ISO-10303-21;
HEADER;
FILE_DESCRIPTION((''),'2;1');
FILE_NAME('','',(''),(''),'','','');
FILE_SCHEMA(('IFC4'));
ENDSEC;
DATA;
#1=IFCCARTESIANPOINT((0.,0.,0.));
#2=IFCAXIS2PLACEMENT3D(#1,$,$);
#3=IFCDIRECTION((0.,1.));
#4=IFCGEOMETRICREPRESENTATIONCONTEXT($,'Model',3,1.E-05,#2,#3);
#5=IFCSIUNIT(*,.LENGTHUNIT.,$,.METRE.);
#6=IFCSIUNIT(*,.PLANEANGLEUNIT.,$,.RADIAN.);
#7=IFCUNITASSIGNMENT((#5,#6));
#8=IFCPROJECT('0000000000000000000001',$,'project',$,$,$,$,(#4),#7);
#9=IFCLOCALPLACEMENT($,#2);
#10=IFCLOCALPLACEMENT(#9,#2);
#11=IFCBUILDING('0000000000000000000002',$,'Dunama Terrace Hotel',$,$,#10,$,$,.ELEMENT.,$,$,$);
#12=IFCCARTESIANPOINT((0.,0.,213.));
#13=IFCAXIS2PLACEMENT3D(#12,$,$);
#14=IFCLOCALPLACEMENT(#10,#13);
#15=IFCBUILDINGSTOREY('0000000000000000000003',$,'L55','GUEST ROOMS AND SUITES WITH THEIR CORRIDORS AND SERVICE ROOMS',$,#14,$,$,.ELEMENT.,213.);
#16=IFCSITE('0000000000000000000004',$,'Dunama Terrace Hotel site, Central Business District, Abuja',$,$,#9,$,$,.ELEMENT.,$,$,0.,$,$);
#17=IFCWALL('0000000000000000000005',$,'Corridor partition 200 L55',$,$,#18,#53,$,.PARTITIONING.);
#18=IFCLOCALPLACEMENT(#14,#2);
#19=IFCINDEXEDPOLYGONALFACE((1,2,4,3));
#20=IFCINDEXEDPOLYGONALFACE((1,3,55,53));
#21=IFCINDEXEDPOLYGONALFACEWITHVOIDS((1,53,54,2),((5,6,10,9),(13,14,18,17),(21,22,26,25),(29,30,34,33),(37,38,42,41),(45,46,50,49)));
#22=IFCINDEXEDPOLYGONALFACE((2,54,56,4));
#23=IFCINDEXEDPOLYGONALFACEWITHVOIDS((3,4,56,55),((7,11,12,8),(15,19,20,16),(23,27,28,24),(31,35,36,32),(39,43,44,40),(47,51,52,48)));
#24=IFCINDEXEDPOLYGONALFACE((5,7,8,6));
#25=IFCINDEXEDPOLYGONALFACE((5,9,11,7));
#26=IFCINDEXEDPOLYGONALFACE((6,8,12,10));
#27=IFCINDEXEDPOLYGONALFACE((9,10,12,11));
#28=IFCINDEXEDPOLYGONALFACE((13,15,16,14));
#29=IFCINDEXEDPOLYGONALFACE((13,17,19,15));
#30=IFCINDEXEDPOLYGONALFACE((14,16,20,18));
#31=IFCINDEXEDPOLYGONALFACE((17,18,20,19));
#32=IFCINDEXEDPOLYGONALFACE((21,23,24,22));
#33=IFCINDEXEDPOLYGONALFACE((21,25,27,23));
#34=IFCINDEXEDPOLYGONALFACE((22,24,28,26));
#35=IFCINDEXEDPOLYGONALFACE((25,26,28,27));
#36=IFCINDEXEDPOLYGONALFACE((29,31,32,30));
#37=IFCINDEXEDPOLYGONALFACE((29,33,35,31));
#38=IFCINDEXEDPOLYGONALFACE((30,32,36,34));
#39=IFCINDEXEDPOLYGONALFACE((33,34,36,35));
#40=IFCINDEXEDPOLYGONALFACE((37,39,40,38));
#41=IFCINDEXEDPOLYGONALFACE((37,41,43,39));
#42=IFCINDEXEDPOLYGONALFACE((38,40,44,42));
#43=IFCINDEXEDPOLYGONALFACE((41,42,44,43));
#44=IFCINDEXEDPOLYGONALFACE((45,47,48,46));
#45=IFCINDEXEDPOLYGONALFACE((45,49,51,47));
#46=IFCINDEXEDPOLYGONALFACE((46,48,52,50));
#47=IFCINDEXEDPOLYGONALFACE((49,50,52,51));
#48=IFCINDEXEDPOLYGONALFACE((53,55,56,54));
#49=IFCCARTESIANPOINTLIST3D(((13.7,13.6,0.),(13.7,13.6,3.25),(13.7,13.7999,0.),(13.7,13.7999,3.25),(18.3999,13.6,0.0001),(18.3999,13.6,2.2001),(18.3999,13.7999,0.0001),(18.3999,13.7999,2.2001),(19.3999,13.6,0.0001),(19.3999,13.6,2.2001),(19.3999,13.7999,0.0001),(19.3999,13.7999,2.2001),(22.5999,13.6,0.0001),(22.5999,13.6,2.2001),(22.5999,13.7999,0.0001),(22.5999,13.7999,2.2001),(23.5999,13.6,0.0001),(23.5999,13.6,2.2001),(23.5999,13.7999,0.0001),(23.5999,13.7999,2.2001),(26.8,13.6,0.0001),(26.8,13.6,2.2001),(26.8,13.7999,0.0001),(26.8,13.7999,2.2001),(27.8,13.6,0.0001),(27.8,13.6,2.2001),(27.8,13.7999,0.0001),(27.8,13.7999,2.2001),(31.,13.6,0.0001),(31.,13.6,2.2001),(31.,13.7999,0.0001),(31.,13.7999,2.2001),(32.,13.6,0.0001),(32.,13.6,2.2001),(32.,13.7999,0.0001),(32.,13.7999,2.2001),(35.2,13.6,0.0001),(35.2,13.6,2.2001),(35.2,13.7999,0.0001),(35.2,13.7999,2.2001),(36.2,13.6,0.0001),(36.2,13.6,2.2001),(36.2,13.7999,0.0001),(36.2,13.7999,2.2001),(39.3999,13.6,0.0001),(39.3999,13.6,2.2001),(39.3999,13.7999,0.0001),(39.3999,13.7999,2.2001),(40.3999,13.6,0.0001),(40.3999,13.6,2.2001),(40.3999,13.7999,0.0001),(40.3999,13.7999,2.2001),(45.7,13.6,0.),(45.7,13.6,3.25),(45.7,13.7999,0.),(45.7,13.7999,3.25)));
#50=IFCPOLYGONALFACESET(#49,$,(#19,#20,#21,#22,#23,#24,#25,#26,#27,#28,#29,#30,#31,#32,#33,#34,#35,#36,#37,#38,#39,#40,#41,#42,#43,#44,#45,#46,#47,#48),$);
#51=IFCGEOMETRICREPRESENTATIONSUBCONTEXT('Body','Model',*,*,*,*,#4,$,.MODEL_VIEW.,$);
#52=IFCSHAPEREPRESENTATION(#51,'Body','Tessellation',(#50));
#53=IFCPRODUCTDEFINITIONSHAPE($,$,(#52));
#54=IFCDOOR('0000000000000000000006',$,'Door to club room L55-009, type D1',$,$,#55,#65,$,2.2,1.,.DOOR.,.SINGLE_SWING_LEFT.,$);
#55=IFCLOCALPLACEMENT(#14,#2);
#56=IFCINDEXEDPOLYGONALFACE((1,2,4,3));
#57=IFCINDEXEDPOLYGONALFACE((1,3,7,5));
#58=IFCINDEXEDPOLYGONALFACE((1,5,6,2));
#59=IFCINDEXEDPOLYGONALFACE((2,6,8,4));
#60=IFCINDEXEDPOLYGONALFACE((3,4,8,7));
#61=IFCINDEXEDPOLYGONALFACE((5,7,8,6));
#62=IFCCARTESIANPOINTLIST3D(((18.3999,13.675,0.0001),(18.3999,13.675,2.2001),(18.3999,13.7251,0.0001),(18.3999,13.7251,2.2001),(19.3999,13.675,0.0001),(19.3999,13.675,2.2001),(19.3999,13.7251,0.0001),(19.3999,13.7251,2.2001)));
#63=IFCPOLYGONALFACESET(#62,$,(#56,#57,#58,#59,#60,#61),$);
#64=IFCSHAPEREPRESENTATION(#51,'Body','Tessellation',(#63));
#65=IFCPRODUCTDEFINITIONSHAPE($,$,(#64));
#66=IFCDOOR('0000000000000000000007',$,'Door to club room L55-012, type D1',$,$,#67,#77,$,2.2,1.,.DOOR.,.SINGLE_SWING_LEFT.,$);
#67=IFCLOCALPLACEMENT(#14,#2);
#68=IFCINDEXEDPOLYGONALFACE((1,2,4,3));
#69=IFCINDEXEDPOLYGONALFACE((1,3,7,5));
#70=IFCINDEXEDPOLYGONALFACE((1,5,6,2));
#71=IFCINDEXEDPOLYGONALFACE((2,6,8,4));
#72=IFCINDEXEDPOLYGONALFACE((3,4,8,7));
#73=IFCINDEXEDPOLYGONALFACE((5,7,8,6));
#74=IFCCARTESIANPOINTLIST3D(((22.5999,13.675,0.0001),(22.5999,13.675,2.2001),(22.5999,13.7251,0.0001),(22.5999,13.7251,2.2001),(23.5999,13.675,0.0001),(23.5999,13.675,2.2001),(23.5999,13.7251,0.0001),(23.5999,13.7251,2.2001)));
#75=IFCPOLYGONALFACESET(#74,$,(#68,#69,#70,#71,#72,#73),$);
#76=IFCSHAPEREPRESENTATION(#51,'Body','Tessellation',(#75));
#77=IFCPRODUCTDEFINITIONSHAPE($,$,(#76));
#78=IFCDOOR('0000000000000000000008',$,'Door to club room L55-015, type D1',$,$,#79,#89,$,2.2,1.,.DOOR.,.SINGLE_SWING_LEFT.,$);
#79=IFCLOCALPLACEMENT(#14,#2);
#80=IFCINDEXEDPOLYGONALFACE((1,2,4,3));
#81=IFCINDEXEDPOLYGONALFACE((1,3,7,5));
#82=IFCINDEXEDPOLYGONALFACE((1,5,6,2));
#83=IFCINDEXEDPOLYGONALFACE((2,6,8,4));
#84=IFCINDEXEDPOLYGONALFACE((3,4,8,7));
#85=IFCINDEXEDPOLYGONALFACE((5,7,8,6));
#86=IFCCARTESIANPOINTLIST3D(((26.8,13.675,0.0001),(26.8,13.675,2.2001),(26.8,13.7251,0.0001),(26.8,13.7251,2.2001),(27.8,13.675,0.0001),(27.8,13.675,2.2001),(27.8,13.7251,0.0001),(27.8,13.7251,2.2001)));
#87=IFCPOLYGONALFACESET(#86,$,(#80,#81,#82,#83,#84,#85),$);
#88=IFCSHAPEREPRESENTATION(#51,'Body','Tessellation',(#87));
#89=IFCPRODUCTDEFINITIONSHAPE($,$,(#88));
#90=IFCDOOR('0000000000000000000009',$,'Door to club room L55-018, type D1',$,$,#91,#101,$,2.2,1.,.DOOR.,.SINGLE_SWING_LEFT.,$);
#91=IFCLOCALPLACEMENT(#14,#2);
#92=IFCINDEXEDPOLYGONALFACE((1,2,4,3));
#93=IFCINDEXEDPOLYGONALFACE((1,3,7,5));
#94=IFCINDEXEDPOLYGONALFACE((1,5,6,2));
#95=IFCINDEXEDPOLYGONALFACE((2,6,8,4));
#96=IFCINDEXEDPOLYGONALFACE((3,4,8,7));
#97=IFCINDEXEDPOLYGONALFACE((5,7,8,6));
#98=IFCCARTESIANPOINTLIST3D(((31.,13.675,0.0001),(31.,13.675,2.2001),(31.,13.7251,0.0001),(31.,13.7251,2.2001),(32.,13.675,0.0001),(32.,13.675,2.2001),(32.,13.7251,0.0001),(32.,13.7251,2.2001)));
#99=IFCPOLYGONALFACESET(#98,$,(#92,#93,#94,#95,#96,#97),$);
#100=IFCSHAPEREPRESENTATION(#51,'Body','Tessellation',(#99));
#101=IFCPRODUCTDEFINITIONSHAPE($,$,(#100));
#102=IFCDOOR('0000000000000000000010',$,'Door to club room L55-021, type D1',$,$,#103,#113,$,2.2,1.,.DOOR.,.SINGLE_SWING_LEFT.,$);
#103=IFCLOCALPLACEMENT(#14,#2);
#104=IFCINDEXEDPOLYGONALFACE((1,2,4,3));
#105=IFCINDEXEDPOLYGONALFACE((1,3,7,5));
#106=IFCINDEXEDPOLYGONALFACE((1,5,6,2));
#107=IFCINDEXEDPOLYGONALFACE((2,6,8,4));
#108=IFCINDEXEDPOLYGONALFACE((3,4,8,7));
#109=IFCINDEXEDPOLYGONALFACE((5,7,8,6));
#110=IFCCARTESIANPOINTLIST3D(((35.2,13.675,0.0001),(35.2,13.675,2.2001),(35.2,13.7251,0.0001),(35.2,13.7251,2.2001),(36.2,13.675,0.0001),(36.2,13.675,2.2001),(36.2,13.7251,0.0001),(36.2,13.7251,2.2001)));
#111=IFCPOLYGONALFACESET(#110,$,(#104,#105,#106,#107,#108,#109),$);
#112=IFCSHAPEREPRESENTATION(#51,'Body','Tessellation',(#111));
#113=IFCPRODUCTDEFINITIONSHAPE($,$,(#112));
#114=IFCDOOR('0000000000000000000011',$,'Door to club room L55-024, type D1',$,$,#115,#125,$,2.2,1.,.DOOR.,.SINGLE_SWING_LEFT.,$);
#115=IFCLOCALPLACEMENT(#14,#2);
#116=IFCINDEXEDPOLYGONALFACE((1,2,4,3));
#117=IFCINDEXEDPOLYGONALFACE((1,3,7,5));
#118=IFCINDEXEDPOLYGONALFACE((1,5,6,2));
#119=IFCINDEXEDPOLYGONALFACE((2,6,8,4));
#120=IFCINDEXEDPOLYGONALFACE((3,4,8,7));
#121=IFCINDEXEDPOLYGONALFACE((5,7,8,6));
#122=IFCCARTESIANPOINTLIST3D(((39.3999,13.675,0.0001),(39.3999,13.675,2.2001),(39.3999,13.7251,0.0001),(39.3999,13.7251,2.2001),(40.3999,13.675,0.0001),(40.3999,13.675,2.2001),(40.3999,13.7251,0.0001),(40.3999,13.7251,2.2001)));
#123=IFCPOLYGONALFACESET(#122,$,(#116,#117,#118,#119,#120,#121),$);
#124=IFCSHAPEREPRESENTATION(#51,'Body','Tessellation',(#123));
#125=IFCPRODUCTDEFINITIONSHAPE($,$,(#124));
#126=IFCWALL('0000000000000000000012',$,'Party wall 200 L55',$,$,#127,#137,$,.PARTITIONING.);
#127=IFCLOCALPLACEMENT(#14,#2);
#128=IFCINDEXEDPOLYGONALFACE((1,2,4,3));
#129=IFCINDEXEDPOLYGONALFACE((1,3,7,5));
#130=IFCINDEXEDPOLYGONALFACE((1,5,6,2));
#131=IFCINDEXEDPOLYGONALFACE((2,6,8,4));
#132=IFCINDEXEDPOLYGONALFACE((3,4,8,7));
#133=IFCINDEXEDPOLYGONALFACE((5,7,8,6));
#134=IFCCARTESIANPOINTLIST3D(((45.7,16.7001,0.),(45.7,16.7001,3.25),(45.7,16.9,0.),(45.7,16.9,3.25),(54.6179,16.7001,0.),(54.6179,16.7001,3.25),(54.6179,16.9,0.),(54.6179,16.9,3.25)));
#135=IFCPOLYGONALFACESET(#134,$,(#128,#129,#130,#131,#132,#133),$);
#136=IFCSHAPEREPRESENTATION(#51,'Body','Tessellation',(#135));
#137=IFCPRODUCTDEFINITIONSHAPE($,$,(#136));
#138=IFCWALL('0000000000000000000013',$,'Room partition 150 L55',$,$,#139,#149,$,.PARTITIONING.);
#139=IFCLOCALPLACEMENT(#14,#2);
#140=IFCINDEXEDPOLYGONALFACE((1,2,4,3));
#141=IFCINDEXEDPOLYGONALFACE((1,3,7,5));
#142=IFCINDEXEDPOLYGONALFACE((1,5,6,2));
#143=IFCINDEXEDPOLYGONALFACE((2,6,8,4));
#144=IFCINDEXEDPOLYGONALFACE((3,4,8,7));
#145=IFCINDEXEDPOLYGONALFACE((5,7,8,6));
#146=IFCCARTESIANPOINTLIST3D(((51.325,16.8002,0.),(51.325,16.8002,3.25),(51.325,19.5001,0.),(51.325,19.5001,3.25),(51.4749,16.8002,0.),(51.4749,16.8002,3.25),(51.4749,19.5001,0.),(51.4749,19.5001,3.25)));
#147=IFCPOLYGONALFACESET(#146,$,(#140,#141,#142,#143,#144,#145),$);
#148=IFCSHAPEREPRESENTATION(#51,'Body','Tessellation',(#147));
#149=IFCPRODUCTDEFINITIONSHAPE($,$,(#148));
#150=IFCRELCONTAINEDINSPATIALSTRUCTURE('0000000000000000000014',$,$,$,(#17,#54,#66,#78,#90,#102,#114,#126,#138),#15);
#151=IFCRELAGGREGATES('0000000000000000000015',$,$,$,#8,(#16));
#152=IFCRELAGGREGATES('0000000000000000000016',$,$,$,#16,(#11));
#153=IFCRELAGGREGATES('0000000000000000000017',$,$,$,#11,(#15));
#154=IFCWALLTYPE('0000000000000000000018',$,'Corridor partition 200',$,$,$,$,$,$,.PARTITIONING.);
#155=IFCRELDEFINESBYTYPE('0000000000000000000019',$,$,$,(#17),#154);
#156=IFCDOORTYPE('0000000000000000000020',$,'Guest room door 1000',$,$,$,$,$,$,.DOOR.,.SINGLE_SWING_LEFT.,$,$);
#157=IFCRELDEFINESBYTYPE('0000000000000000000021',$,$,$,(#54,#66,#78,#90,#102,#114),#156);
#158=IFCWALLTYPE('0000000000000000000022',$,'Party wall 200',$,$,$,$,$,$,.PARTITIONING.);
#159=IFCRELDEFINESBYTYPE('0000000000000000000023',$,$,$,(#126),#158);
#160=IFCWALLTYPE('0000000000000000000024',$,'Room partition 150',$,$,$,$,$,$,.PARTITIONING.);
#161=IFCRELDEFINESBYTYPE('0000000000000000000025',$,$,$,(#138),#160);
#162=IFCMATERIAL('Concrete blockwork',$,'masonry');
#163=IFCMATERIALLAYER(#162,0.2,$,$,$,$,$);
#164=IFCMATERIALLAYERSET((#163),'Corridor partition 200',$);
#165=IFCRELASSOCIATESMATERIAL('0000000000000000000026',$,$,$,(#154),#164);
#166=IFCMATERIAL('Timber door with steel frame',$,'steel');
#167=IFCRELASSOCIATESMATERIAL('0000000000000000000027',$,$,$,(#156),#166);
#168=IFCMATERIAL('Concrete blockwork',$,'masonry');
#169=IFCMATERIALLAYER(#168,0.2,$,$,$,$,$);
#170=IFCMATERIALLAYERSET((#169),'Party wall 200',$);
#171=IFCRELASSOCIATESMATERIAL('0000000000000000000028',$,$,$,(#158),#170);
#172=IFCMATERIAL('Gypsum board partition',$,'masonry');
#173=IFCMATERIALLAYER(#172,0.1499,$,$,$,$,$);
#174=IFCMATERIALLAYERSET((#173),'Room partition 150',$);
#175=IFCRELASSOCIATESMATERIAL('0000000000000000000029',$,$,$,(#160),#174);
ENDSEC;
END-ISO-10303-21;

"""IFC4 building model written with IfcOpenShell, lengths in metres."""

from ifc_helpers import new_model, si_unit, direction, frame, frame_2d, origin, place, context, subcontext, project, spatial, rectangle, extrude, material, layer, layer_set, type_object, element, fill, save


model = new_model("IFC4")

# Units and contexts
model_context = context("Model", 3, precision=1e-05, world=origin(), true_north=direction((0.0, 1.0)))
body_context = subcontext(model_context, "Body", "Model", "MODEL_VIEW")
ifc_project = project(units=[si_unit("LENGTHUNIT", "METRE"), si_unit("PLANEANGLEUNIT", "RADIAN")], contexts=[model_context])

# Site, building, storey
site_placement = place(None, origin())
site = spatial("IfcSite", under=ifc_project, at=site_placement, Name="Dunama Terrace Hotel site, Central Business District, Abuja", CompositionType="ELEMENT", RefElevation=0.0)
building_placement = place(site_placement, origin())
building = spatial("IfcBuilding", under=site, at=building_placement, Name="Dunama Terrace Hotel", CompositionType="ELEMENT")
storey_placement = place(building_placement, frame((0.0, 0.0, 213.0)))
storey = spatial("IfcBuildingStorey", under=building, at=storey_placement, Name="L55", Description="GUEST ROOMS AND SUITES WITH THEIR CORRIDORS AND SERVICE ROOMS", CompositionType="ELEMENT", Elevation=213.0)

# Wall, openings, doors
ifc_material_1 = material(Name="Concrete blockwork", Category="masonry")
ifc_layer_1 = layer(ifc_material_1, 0.2)
ifc_layer_set_1 = layer_set([ifc_layer_1], Name="Corridor partition 200")
wall_type_1 = type_object("IfcWallType", Name="Corridor partition 200", PredefinedType="PARTITIONING", material=ifc_layer_set_1)
wall_1_placement = place(storey_placement, frame((45.7, 13.7, 0.0), z_axis=(0.0, 0.0, 1.0), x_axis=(-1.0, 0.0, 0.0)))
wall_1 = element("IfcWall", 1, at=wall_1_placement, inside=storey, type_object=wall_type_1, Name="Corridor partition 200 L55", PredefinedType="PARTITIONING", context=body_context, shape_type="SweptSolid", body=[
    extrude(rectangle(XDim=32.0, YDim=0.2, at=frame_2d((16.0, 0.0))), origin(), (0.0, 0.0, 1.0), 3.25),
])
opening_1_placement = place(wall_1_placement, frame((26.3, 0.0, 0.0)))
opening_1 = element("IfcOpeningElement", 2, at=opening_1_placement, cuts=wall_1, PredefinedType="OPENING", context=body_context, shape_type="SweptSolid", body=[
    extrude(rectangle(XDim=1.0, YDim=2.2, at=frame_2d((0.5, 1.1001))), frame((0.0, 0.1099, 0.0), z_axis=(0.0, -1.0, 0.0), x_axis=(1.0, 0.0, 0.0)), (0.0, 0.0, 1.0), 0.22),
])
opening_2_placement = place(wall_1_placement, frame((22.1001, 0.0, 0.0)))
opening_2 = element("IfcOpeningElement", 3, at=opening_2_placement, cuts=wall_1, PredefinedType="OPENING", context=body_context, shape_type="SweptSolid", body=[
    extrude(rectangle(XDim=1.0, YDim=2.2, at=frame_2d((0.5, 1.1001))), frame((0.0, 0.1099, 0.0), z_axis=(0.0, -1.0, 0.0), x_axis=(1.0, 0.0, 0.0)), (0.0, 0.0, 1.0), 0.22),
])
opening_3_placement = place(wall_1_placement, frame((17.8999, 0.0, 0.0)))
opening_3 = element("IfcOpeningElement", 4, at=opening_3_placement, cuts=wall_1, PredefinedType="OPENING", context=body_context, shape_type="SweptSolid", body=[
    extrude(rectangle(XDim=1.0, YDim=2.2, at=frame_2d((0.5, 1.1001))), frame((0.0, 0.1099, 0.0), z_axis=(0.0, -1.0, 0.0), x_axis=(1.0, 0.0, 0.0)), (0.0, 0.0, 1.0), 0.22),
])
opening_4_placement = place(wall_1_placement, frame((13.7, 0.0, 0.0)))
opening_4 = element("IfcOpeningElement", 5, at=opening_4_placement, cuts=wall_1, PredefinedType="OPENING", context=body_context, shape_type="SweptSolid", body=[
    extrude(rectangle(XDim=1.0, YDim=2.2, at=frame_2d((0.5, 1.1001))), frame((0.0, 0.1099, 0.0), z_axis=(0.0, -1.0, 0.0), x_axis=(1.0, 0.0, 0.0)), (0.0, 0.0, 1.0), 0.22),
])
opening_5_placement = place(wall_1_placement, frame((9.5, 0.0, 0.0)))
opening_5 = element("IfcOpeningElement", 6, at=opening_5_placement, cuts=wall_1, PredefinedType="OPENING", context=body_context, shape_type="SweptSolid", body=[
    extrude(rectangle(XDim=1.0, YDim=2.2, at=frame_2d((0.5, 1.1001))), frame((0.0, 0.1099, 0.0), z_axis=(0.0, -1.0, 0.0), x_axis=(1.0, 0.0, 0.0)), (0.0, 0.0, 1.0), 0.22),
])
opening_6_placement = place(wall_1_placement, frame((5.3, 0.0, 0.0)))
opening_6 = element("IfcOpeningElement", 7, at=opening_6_placement, cuts=wall_1, PredefinedType="OPENING", context=body_context, shape_type="SweptSolid", body=[
    extrude(rectangle(XDim=1.0, YDim=2.2, at=frame_2d((0.5, 1.1001))), frame((0.0, 0.1099, 0.0), z_axis=(0.0, -1.0, 0.0), x_axis=(1.0, 0.0, 0.0)), (0.0, 0.0, 1.0), 0.22),
])
ifc_material_2 = material(Name="Timber door with steel frame", Category="steel")
door_type_1 = type_object("IfcDoorType", Name="Guest room door 1000", OperationType="SINGLE_SWING_LEFT", PredefinedType="DOOR", material=ifc_material_2)
door_1_placement = place(opening_1_placement, origin())
door_1 = element("IfcDoor", 8, at=door_1_placement, inside=storey, type_object=door_type_1, Name="Door to club room L55-009, type D1", OperationType="SINGLE_SWING_LEFT", OverallHeight=2.2, OverallWidth=1.0, PredefinedType="DOOR", context=body_context, shape_type="SweptSolid", body=[
    extrude(rectangle(XDim=1.0, YDim=2.2, at=frame_2d((0.5, 1.1001))), frame((0.0, 0.0249, 0.0), z_axis=(0.0, -1.0, 0.0), x_axis=(1.0, 0.0, 0.0)), (0.0, 0.0, 1.0), 0.05),
])
fill(opening_1, door_1)
door_2_placement = place(opening_2_placement, origin())
door_2 = element("IfcDoor", 9, at=door_2_placement, inside=storey, type_object=door_type_1, Name="Door to club room L55-012, type D1", OperationType="SINGLE_SWING_LEFT", OverallHeight=2.2, OverallWidth=1.0, PredefinedType="DOOR", context=body_context, shape_type="SweptSolid", body=[
    extrude(rectangle(XDim=1.0, YDim=2.2, at=frame_2d((0.5, 1.1001))), frame((0.0, 0.0249, 0.0), z_axis=(0.0, -1.0, 0.0), x_axis=(1.0, 0.0, 0.0)), (0.0, 0.0, 1.0), 0.05),
])
fill(opening_2, door_2)
door_3_placement = place(opening_3_placement, origin())
door_3 = element("IfcDoor", 10, at=door_3_placement, inside=storey, type_object=door_type_1, Name="Door to club room L55-015, type D1", OperationType="SINGLE_SWING_LEFT", OverallHeight=2.2, OverallWidth=1.0, PredefinedType="DOOR", context=body_context, shape_type="SweptSolid", body=[
    extrude(rectangle(XDim=1.0, YDim=2.2, at=frame_2d((0.5, 1.1001))), frame((0.0, 0.0249, 0.0), z_axis=(0.0, -1.0, 0.0), x_axis=(1.0, 0.0, 0.0)), (0.0, 0.0, 1.0), 0.05),
])
fill(opening_3, door_3)
door_4_placement = place(opening_4_placement, origin())
door_4 = element("IfcDoor", 11, at=door_4_placement, inside=storey, type_object=door_type_1, Name="Door to club room L55-018, type D1", OperationType="SINGLE_SWING_LEFT", OverallHeight=2.2, OverallWidth=1.0, PredefinedType="DOOR", context=body_context, shape_type="SweptSolid", body=[
    extrude(rectangle(XDim=1.0, YDim=2.2, at=frame_2d((0.5, 1.1001))), frame((0.0, 0.0249, 0.0), z_axis=(0.0, -1.0, 0.0), x_axis=(1.0, 0.0, 0.0)), (0.0, 0.0, 1.0), 0.05),
])
fill(opening_4, door_4)
door_5_placement = place(opening_5_placement, origin())
door_5 = element("IfcDoor", 12, at=door_5_placement, inside=storey, type_object=door_type_1, Name="Door to club room L55-021, type D1", OperationType="SINGLE_SWING_LEFT", OverallHeight=2.2, OverallWidth=1.0, PredefinedType="DOOR", context=body_context, shape_type="SweptSolid", body=[
    extrude(rectangle(XDim=1.0, YDim=2.2, at=frame_2d((0.5, 1.1001))), frame((0.0, 0.0249, 0.0), z_axis=(0.0, -1.0, 0.0), x_axis=(1.0, 0.0, 0.0)), (0.0, 0.0, 1.0), 0.05),
])
fill(opening_5, door_5)
door_6_placement = place(opening_6_placement, origin())
door_6 = element("IfcDoor", 13, at=door_6_placement, inside=storey, type_object=door_type_1, Name="Door to club room L55-024, type D1", OperationType="SINGLE_SWING_LEFT", OverallHeight=2.2, OverallWidth=1.0, PredefinedType="DOOR", context=body_context, shape_type="SweptSolid", body=[
    extrude(rectangle(XDim=1.0, YDim=2.2, at=frame_2d((0.5, 1.1001))), frame((0.0, 0.0249, 0.0), z_axis=(0.0, -1.0, 0.0), x_axis=(1.0, 0.0, 0.0)), (0.0, 0.0, 1.0), 0.05),
])
fill(opening_6, door_6)

# Walls
ifc_material_3 = material(Name="Concrete blockwork", Category="masonry")
ifc_layer_2 = layer(ifc_material_3, 0.2)
ifc_layer_set_2 = layer_set([ifc_layer_2], Name="Party wall 200")
wall_type_2 = type_object("IfcWallType", Name="Party wall 200", PredefinedType="PARTITIONING", material=ifc_layer_set_2)
wall_2_placement = place(storey_placement, frame((45.7, 16.8, 0.0), z_axis=(0.0, 0.0, 1.0), x_axis=(1.0, 0.0, 0.0)))
element("IfcWall", 14, at=wall_2_placement, inside=storey, type_object=wall_type_2, Name="Party wall 200 L55", PredefinedType="PARTITIONING", context=body_context, shape_type="SweptSolid", body=[
    extrude(rectangle(XDim=8.918, YDim=0.2, at=frame_2d((4.459, 0.0))), origin(), (0.0, 0.0, 1.0), 3.25),
])
ifc_material_4 = material(Name="Gypsum board partition", Category="masonry")
ifc_layer_3 = layer(ifc_material_4, 0.1499)
ifc_layer_set_3 = layer_set([ifc_layer_3], Name="Room partition 150")
wall_type_3 = type_object("IfcWallType", Name="Room partition 150", PredefinedType="PARTITIONING", material=ifc_layer_set_3)
wall_3_placement = place(storey_placement, frame((51.3999, 16.8, 0.0), z_axis=(0.0, 0.0, 1.0), x_axis=(0.0, 1.0, 0.0)))
element("IfcWall", 15, at=wall_3_placement, inside=storey, type_object=wall_type_3, Name="Room partition 150 L55", PredefinedType="PARTITIONING", context=body_context, shape_type="SweptSolid", body=[
    extrude(rectangle(XDim=2.7, YDim=0.1499, at=frame_2d((1.3501, 0.0))), origin(), (0.0, 0.0, 1.0), 3.25),
])

save(model, "model.ifc")
